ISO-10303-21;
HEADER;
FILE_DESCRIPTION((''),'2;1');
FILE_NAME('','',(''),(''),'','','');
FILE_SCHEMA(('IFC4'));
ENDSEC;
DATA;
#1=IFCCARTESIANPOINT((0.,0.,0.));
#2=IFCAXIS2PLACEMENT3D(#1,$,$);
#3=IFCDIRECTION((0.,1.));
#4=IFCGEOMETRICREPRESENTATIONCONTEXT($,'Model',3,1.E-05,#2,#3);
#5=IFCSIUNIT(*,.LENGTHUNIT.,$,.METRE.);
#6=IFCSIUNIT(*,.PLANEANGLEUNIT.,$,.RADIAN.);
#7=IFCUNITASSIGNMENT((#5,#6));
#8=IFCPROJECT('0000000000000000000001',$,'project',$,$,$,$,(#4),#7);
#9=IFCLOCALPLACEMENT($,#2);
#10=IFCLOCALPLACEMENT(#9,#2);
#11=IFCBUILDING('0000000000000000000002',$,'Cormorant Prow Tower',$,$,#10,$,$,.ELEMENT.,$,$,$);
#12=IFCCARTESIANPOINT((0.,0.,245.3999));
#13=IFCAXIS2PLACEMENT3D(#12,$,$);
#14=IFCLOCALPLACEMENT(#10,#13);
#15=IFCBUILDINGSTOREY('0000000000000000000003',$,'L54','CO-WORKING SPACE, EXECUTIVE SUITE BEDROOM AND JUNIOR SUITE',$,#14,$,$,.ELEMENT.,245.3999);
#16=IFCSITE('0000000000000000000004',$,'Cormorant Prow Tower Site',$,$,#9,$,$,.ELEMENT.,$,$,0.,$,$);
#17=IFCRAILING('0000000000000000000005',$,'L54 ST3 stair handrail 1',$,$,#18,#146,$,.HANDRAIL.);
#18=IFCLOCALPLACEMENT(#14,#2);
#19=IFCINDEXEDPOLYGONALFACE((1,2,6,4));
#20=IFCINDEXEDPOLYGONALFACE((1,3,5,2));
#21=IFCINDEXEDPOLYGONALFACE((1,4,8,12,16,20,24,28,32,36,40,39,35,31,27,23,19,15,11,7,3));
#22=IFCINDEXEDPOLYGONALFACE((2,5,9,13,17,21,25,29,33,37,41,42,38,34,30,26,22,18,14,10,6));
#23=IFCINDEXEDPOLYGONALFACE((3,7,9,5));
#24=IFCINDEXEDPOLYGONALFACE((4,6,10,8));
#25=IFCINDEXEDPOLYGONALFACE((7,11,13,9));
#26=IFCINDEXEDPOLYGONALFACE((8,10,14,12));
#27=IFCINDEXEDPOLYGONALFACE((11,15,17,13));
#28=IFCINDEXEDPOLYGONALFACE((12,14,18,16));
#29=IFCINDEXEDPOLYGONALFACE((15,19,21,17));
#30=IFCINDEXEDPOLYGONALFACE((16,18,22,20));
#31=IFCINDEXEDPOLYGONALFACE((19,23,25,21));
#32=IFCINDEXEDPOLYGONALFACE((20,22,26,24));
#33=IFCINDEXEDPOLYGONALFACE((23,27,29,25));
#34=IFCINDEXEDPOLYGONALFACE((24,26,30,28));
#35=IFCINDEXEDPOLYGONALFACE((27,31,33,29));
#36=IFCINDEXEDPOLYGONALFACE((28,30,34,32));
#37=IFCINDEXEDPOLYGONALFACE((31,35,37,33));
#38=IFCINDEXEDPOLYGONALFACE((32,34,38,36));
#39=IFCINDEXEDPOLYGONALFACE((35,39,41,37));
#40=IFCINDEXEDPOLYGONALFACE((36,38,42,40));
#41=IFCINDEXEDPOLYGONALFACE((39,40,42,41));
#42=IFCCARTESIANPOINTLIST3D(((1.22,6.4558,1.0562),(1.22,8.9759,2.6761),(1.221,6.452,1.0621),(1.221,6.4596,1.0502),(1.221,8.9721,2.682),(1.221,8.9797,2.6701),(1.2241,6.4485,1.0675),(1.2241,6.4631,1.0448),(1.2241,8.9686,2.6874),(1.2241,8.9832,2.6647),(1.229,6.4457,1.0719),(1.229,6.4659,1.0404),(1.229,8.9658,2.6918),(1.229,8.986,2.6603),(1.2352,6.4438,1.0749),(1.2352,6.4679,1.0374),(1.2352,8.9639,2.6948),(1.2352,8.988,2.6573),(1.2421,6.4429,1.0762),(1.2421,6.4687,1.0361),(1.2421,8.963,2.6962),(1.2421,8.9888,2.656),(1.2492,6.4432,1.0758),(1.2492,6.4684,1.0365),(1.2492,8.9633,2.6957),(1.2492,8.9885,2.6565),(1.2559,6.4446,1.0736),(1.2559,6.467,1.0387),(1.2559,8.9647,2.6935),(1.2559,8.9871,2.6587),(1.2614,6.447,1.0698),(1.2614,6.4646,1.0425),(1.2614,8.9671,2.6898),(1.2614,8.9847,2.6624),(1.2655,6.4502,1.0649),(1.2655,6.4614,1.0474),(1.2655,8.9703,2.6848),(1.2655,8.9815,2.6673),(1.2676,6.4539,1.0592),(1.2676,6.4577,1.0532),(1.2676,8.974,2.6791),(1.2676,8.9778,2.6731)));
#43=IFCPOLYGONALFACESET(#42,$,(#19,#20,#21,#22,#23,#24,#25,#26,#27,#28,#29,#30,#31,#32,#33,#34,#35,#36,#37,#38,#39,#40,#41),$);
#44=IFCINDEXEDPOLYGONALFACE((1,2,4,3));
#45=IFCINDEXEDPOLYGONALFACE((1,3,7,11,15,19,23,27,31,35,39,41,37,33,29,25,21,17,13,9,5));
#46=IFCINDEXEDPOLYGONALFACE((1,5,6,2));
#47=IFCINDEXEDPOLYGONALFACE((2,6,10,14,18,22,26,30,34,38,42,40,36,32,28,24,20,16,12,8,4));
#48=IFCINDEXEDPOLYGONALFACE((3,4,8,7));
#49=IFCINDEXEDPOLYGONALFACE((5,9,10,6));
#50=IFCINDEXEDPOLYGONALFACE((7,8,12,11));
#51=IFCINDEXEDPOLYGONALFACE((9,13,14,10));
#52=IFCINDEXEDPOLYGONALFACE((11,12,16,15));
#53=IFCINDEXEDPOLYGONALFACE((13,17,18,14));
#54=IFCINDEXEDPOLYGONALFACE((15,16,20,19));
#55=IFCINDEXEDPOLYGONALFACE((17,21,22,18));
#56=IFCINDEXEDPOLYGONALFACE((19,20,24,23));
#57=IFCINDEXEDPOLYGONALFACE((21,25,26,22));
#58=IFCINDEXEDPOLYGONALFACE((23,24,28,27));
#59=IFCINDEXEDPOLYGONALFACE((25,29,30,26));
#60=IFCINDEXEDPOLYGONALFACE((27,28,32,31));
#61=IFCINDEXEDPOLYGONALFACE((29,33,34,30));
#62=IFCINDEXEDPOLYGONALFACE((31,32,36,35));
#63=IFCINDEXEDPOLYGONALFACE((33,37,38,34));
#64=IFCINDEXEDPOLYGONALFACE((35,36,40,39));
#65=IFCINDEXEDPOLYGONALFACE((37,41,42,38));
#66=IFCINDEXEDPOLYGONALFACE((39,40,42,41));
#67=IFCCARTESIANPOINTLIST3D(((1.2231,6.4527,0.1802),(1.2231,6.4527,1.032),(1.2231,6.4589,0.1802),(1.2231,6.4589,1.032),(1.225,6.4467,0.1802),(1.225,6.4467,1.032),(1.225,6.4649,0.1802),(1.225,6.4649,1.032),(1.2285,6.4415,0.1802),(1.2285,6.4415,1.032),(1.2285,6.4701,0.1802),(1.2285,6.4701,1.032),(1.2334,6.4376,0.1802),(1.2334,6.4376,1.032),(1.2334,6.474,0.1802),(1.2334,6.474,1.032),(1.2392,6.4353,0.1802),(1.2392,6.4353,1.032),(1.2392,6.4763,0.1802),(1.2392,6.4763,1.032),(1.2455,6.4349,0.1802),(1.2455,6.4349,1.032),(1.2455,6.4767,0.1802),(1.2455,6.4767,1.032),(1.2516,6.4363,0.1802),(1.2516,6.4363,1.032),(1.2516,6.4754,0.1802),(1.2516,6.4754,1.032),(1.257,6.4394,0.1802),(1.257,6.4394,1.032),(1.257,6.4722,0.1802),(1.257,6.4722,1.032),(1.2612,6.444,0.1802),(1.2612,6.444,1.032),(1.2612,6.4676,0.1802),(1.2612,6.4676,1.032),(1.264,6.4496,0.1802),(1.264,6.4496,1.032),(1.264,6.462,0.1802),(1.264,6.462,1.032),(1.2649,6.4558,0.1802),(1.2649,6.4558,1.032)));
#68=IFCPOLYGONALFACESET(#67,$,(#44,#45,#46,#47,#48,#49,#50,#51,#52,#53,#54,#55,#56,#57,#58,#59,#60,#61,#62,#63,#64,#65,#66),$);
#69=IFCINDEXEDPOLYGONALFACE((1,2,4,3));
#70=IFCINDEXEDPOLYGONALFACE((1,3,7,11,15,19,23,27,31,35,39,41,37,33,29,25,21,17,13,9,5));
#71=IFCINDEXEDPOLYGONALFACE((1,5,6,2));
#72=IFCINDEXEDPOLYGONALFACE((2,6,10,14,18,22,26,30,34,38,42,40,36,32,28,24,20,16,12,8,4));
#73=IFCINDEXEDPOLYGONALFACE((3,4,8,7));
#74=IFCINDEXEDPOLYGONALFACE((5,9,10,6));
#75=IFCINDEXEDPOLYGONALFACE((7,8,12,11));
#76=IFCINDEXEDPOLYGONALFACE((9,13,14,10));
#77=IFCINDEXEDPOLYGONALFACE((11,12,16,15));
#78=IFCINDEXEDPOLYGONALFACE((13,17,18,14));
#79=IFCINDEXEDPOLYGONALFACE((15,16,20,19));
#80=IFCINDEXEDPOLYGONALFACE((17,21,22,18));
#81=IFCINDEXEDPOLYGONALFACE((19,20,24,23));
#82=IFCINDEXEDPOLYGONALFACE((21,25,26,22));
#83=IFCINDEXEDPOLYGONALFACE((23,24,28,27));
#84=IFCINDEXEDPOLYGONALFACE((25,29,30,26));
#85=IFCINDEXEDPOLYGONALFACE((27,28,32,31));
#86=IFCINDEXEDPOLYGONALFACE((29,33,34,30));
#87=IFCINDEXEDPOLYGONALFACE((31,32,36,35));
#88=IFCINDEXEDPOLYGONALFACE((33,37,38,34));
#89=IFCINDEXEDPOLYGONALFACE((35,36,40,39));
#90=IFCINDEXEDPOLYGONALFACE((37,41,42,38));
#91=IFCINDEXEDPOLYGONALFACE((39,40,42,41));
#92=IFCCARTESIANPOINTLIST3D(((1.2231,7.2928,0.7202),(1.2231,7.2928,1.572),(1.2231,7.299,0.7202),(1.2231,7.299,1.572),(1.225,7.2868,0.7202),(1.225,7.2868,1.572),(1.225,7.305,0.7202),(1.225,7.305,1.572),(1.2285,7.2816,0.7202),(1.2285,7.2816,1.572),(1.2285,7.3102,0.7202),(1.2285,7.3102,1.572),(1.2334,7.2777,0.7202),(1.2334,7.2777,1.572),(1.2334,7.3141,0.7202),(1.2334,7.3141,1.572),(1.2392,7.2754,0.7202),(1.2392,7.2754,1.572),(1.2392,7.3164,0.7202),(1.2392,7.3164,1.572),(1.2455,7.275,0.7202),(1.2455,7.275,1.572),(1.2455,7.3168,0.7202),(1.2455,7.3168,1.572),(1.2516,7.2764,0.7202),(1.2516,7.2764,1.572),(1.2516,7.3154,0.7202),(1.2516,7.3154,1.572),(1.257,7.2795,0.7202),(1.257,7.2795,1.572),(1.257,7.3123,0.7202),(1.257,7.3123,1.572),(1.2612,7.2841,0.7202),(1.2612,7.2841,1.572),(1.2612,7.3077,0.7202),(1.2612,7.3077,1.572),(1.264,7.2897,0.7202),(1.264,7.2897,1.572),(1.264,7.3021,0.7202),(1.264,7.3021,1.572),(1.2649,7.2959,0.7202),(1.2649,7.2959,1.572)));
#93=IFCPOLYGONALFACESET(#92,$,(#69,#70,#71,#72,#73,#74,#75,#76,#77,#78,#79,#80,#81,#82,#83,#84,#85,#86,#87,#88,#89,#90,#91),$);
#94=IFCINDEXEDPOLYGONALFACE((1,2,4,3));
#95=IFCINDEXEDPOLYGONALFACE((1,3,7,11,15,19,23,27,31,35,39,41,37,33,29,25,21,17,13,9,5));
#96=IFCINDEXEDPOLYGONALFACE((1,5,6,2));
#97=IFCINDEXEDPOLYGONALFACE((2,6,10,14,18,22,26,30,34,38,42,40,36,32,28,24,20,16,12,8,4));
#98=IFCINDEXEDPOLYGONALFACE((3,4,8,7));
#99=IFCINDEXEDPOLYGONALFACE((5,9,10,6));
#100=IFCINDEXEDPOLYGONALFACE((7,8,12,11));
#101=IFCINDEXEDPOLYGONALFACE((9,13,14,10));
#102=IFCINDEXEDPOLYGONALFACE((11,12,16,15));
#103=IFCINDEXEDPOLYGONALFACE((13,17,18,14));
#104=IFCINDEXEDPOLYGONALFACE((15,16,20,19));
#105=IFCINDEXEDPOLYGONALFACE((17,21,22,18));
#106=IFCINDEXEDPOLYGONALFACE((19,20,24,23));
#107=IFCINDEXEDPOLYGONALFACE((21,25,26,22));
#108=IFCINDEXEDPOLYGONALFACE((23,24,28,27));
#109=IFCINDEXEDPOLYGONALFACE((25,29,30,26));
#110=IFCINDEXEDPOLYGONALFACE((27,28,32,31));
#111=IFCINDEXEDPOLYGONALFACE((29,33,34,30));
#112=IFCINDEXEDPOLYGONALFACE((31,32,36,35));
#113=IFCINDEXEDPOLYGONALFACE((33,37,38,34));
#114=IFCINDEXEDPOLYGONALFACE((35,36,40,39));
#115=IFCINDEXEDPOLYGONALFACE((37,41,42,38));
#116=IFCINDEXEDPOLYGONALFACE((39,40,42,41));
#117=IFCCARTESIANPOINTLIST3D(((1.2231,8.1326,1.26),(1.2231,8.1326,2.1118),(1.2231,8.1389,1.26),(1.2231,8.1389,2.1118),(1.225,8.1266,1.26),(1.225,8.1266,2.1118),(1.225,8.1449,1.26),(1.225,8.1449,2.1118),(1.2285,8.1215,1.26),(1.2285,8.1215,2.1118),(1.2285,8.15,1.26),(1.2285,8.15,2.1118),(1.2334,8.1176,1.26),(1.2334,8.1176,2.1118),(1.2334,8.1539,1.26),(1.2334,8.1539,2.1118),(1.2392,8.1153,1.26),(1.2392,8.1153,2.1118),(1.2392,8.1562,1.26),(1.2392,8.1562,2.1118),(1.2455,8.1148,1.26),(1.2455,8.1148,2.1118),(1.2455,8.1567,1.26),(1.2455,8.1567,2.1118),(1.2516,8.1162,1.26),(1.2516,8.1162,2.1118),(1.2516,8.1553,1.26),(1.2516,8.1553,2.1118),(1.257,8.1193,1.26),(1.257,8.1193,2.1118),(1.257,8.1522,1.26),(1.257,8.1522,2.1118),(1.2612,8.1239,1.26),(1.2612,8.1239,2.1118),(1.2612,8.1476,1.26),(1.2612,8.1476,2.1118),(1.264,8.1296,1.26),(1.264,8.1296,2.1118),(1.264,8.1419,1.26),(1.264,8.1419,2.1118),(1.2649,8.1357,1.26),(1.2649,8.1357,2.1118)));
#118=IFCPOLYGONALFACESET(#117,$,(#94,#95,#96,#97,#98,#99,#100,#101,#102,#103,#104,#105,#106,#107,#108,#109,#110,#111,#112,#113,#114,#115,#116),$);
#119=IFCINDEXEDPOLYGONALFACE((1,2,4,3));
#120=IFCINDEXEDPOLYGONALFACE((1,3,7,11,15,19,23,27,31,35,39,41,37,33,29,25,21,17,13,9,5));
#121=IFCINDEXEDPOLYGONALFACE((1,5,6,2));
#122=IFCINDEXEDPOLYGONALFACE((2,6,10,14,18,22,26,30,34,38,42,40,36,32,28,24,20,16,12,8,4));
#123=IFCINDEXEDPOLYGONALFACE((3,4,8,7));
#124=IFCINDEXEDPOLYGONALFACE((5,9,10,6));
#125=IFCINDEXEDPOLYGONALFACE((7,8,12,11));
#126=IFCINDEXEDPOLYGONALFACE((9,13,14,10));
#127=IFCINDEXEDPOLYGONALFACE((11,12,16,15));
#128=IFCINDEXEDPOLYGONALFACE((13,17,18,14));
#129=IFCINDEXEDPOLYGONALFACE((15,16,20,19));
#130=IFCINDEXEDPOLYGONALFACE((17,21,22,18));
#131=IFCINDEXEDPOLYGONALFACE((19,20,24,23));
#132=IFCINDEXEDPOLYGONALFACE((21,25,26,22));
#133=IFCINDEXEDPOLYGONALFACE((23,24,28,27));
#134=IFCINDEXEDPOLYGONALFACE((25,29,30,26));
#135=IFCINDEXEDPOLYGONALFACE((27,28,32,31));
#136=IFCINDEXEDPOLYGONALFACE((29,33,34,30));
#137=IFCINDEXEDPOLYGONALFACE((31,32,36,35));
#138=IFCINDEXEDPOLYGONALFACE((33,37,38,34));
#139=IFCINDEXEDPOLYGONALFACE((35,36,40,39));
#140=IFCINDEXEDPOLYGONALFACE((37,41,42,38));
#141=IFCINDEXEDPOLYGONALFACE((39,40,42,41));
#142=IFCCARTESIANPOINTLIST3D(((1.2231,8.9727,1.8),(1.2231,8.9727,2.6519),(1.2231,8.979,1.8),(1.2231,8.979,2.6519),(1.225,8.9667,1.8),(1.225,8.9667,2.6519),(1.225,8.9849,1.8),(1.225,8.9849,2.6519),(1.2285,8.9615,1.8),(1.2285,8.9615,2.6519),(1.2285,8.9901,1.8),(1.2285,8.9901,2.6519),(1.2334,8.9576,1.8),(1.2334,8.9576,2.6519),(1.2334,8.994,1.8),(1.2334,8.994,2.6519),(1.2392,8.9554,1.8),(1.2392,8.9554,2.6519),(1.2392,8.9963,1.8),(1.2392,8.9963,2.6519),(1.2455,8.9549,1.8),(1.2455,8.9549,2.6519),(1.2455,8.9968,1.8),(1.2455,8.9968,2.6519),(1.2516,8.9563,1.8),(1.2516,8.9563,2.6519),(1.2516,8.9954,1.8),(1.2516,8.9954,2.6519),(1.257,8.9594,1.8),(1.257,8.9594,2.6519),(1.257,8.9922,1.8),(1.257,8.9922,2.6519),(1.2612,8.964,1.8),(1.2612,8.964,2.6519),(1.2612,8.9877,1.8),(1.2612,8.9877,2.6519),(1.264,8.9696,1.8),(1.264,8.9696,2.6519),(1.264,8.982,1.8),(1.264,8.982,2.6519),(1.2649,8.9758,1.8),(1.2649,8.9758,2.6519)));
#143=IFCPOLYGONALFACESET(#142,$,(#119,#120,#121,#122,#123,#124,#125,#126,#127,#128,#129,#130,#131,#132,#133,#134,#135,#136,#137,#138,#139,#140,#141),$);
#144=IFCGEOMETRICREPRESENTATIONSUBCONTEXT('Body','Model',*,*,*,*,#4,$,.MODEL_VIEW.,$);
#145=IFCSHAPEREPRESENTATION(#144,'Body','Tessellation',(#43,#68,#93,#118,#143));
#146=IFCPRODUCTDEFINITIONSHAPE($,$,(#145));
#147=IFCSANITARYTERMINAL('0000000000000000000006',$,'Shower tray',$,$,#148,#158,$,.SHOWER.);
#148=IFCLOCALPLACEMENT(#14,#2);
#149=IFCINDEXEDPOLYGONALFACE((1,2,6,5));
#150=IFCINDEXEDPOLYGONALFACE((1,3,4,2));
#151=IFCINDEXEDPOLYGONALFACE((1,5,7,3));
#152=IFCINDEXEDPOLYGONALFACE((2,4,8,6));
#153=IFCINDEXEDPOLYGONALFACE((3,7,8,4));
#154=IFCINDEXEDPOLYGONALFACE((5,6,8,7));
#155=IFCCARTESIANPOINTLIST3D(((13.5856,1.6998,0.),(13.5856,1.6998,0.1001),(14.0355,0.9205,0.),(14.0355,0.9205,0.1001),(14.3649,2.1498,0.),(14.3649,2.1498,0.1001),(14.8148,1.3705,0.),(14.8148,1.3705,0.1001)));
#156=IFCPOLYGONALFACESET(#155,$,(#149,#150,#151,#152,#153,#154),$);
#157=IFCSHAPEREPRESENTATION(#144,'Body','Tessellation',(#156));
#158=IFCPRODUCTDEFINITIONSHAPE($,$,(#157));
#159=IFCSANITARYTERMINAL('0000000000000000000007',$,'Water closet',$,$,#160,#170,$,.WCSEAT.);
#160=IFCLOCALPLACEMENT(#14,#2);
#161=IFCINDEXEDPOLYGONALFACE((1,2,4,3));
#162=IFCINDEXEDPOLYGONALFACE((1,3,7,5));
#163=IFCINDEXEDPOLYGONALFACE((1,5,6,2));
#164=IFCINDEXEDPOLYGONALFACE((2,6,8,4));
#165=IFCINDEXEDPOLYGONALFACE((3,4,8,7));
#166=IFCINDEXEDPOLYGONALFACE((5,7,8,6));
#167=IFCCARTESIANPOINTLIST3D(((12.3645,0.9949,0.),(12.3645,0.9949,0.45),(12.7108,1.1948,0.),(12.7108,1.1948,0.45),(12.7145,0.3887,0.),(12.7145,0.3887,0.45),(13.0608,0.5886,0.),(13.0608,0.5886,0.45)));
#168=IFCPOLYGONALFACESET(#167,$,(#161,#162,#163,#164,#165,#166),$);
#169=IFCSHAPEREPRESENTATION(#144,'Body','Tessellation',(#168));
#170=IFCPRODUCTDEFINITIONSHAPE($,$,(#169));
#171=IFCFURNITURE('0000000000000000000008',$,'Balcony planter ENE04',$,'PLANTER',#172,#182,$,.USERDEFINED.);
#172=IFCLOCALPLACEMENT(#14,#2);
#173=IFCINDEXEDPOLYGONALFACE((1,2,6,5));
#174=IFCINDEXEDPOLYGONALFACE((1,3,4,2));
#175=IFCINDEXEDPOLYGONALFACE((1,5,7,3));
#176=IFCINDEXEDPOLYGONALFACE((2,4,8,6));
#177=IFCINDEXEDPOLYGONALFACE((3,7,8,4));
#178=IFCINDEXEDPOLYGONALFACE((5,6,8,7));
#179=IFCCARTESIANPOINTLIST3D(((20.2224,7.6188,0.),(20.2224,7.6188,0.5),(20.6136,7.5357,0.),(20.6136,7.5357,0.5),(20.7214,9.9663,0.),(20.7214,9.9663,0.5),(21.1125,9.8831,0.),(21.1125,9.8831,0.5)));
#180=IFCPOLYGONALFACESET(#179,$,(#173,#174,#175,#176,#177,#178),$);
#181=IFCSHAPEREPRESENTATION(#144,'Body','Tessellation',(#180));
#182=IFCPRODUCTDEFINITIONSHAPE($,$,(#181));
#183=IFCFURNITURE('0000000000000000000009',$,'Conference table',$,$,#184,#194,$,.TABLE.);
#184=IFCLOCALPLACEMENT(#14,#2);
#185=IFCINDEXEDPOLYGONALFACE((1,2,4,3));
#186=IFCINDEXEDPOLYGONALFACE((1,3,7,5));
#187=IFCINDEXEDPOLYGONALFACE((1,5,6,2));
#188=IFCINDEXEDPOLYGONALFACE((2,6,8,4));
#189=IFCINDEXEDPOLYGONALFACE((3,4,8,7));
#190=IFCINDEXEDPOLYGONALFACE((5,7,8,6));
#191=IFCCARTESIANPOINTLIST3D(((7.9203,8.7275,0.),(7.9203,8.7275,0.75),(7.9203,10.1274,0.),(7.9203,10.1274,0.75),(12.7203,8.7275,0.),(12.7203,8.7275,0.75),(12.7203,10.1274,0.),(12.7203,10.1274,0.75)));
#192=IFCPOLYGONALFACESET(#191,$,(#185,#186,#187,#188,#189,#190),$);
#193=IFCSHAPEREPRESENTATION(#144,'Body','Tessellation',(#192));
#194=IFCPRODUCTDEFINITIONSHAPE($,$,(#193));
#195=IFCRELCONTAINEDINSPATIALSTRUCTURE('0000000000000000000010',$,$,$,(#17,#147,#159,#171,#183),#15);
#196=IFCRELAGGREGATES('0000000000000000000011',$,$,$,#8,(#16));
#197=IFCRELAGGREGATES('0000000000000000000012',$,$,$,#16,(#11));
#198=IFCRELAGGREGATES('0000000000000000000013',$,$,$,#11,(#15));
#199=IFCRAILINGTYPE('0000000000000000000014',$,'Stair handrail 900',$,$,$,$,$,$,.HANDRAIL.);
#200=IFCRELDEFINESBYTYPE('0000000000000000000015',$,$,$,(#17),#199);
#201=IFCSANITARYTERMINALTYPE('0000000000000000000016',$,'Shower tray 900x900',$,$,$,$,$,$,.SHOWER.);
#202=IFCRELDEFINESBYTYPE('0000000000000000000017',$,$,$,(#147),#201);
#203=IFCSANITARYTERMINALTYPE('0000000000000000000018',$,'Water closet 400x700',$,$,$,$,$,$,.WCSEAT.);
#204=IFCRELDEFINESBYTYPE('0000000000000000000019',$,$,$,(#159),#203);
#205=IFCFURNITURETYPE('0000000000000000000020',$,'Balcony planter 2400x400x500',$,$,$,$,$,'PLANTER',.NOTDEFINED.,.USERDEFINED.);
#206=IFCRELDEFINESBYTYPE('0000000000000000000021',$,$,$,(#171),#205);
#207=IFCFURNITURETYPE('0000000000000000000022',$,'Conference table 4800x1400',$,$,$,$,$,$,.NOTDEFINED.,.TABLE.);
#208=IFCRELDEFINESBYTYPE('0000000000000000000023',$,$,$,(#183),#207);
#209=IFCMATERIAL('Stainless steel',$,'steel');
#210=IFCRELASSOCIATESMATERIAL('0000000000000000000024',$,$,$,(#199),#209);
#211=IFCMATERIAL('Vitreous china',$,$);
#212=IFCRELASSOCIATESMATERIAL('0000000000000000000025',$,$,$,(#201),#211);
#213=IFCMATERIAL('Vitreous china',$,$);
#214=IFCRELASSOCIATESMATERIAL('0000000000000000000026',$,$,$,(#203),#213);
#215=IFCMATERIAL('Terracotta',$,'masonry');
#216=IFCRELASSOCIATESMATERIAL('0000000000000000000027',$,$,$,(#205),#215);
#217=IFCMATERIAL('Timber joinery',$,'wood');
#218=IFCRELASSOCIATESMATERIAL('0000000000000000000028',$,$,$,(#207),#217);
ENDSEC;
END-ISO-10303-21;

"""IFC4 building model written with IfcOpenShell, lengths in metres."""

from ifc_helpers import new_model, si_unit, direction, frame, origin, origin_2d, place, context, subcontext, project, spatial, rectangle, circle, extrude, material, type_object, element, save


model = new_model("IFC4")

# Units and contexts
model_context = context("Model", 3, precision=1e-05, world=origin(), true_north=direction((0.0, 1.0)))
body_context = subcontext(model_context, "Body", "Model", "MODEL_VIEW")
ifc_project = project(units=[si_unit("LENGTHUNIT", "METRE"), si_unit("PLANEANGLEUNIT", "RADIAN")], contexts=[model_context])

# Site, building, storey
site_placement = place(None, origin())
site = spatial("IfcSite", under=ifc_project, at=site_placement, Name="Cormorant Prow Tower Site", CompositionType="ELEMENT", RefElevation=0.0)
building_placement = place(site_placement, origin())
building = spatial("IfcBuilding", under=site, at=building_placement, Name="Cormorant Prow Tower", CompositionType="ELEMENT")
storey_placement = place(building_placement, frame((0.0, 0.0, 245.3999)))
storey = spatial("IfcBuildingStorey", under=building, at=storey_placement, Name="L54", Description="CO-WORKING SPACE, EXECUTIVE SUITE BEDROOM AND JUNIOR SUITE", CompositionType="ELEMENT", Elevation=245.3999)

# Railing
ifc_material_1 = material(Name="Stainless steel", Category="steel")
railing_type_1 = type_object("IfcRailingType", Name="Stair handrail 900", PredefinedType="HANDRAIL", material=ifc_material_1)
railing_1_placement = place(storey_placement, frame((1.2439, 6.4558, 0.1802)))
element("IfcRailing", 1, at=railing_1_placement, inside=storey, type_object=railing_type_1, Name="L54 ST3 stair handrail 1", PredefinedType="HANDRAIL", context=body_context, shape_type="SweptSolid", body=[
    extrude(circle(Radius=0.0239, at=origin_2d()), frame((0.0, 0.0, 0.876), z_axis=(0.0, 0.8412, 0.540725), x_axis=(-1.0, 0.0, 0.0)), (0.0, 0.0, 1.0), 2.9958),
    extrude(circle(Radius=0.021, at=origin_2d()), origin(), (0.0, 0.0, 1.0), 0.8518),
    extrude(circle(Radius=0.021, at=origin_2d()), frame((0.0, 0.8401, 0.54)), (0.0, 0.0, 1.0), 0.8518),
    extrude(circle(Radius=0.021, at=origin_2d()), frame((0.0, 1.6799, 1.0798)), (0.0, 0.0, 1.0), 0.8518),
    extrude(circle(Radius=0.021, at=origin_2d()), frame((0.0, 2.52, 1.6199)), (0.0, 0.0, 1.0), 0.8518),
])

# Sanitary terminals
ifc_material_2 = material(Name="Vitreous china")
sanitary_terminal_type_1 = type_object("IfcSanitaryTerminalType", Name="Shower tray 900x900", PredefinedType="SHOWER", material=ifc_material_2)
sanitary_terminal_1_placement = place(storey_placement, frame((14.2002, 1.5352, 0.0), z_axis=(0.0, 0.0, 1.0), x_axis=(0.5, -0.866025, 0.0)))
element("IfcSanitaryTerminal", 2, at=sanitary_terminal_1_placement, inside=storey, type_object=sanitary_terminal_type_1, Name="Shower tray", PredefinedType="SHOWER", context=body_context, shape_type="SweptSolid", body=[
    extrude(rectangle(XDim=0.8999, YDim=0.8999, at=origin_2d()), origin(), (0.0, 0.0, 1.0), 0.1001),
])
ifc_material_3 = material(Name="Vitreous china")
sanitary_terminal_type_2 = type_object("IfcSanitaryTerminalType", Name="Water closet 400x700", PredefinedType="WCSEAT", material=ifc_material_3)
sanitary_terminal_2_placement = place(storey_placement, frame((12.7126, 0.7917, 0.0), z_axis=(0.0, 0.0, 1.0), x_axis=(0.866025, 0.5, 0.0)))
element("IfcSanitaryTerminal", 3, at=sanitary_terminal_2_placement, inside=storey, type_object=sanitary_terminal_type_2, Name="Water closet", PredefinedType="WCSEAT", context=body_context, shape_type="SweptSolid", body=[
    extrude(rectangle(XDim=0.3999, YDim=0.7, at=origin_2d()), origin(), (0.0, 0.0, 1.0), 0.45),
])

# Furniture
ifc_material_4 = material(Name="Terracotta", Category="masonry")
furniture_type_1 = type_object("IfcFurnitureType", Name="Balcony planter 2400x400x500", ElementType="PLANTER", AssemblyPlace="NOTDEFINED", PredefinedType="USERDEFINED", material=ifc_material_4)
furniture_1_placement = place(storey_placement, frame((20.6675, 8.751, 0.0), z_axis=(0.0, 0.0, 1.0), x_axis=(0.207912, 0.978148, 0.0)))
element("IfcFurniture", 4, at=furniture_1_placement, inside=storey, type_object=furniture_type_1, Name="Balcony planter ENE04", ObjectType="PLANTER", PredefinedType="USERDEFINED", context=body_context, shape_type="SweptSolid", body=[
    extrude(rectangle(XDim=2.3999, YDim=0.3999, at=origin_2d()), origin(), (0.0, 0.0, 1.0), 0.5),
])
ifc_material_5 = material(Name="Timber joinery", Category="wood")
furniture_type_2 = type_object("IfcFurnitureType", Name="Conference table 4800x1400", AssemblyPlace="NOTDEFINED", PredefinedType="TABLE", material=ifc_material_5)
furniture_2_placement = place(storey_placement, frame((10.3203, 9.4275, 0.0), z_axis=(0.0, 0.0, 1.0), x_axis=(1.0, 0.0, 0.0)))
element("IfcFurniture", 5, at=furniture_2_placement, inside=storey, type_object=furniture_type_2, Name="Conference table", PredefinedType="TABLE", context=body_context, shape_type="SweptSolid", body=[
    extrude(rectangle(XDim=4.8, YDim=1.3999, at=origin_2d()), origin(), (0.0, 0.0, 1.0), 0.75),
])

save(model, "model.ifc")
